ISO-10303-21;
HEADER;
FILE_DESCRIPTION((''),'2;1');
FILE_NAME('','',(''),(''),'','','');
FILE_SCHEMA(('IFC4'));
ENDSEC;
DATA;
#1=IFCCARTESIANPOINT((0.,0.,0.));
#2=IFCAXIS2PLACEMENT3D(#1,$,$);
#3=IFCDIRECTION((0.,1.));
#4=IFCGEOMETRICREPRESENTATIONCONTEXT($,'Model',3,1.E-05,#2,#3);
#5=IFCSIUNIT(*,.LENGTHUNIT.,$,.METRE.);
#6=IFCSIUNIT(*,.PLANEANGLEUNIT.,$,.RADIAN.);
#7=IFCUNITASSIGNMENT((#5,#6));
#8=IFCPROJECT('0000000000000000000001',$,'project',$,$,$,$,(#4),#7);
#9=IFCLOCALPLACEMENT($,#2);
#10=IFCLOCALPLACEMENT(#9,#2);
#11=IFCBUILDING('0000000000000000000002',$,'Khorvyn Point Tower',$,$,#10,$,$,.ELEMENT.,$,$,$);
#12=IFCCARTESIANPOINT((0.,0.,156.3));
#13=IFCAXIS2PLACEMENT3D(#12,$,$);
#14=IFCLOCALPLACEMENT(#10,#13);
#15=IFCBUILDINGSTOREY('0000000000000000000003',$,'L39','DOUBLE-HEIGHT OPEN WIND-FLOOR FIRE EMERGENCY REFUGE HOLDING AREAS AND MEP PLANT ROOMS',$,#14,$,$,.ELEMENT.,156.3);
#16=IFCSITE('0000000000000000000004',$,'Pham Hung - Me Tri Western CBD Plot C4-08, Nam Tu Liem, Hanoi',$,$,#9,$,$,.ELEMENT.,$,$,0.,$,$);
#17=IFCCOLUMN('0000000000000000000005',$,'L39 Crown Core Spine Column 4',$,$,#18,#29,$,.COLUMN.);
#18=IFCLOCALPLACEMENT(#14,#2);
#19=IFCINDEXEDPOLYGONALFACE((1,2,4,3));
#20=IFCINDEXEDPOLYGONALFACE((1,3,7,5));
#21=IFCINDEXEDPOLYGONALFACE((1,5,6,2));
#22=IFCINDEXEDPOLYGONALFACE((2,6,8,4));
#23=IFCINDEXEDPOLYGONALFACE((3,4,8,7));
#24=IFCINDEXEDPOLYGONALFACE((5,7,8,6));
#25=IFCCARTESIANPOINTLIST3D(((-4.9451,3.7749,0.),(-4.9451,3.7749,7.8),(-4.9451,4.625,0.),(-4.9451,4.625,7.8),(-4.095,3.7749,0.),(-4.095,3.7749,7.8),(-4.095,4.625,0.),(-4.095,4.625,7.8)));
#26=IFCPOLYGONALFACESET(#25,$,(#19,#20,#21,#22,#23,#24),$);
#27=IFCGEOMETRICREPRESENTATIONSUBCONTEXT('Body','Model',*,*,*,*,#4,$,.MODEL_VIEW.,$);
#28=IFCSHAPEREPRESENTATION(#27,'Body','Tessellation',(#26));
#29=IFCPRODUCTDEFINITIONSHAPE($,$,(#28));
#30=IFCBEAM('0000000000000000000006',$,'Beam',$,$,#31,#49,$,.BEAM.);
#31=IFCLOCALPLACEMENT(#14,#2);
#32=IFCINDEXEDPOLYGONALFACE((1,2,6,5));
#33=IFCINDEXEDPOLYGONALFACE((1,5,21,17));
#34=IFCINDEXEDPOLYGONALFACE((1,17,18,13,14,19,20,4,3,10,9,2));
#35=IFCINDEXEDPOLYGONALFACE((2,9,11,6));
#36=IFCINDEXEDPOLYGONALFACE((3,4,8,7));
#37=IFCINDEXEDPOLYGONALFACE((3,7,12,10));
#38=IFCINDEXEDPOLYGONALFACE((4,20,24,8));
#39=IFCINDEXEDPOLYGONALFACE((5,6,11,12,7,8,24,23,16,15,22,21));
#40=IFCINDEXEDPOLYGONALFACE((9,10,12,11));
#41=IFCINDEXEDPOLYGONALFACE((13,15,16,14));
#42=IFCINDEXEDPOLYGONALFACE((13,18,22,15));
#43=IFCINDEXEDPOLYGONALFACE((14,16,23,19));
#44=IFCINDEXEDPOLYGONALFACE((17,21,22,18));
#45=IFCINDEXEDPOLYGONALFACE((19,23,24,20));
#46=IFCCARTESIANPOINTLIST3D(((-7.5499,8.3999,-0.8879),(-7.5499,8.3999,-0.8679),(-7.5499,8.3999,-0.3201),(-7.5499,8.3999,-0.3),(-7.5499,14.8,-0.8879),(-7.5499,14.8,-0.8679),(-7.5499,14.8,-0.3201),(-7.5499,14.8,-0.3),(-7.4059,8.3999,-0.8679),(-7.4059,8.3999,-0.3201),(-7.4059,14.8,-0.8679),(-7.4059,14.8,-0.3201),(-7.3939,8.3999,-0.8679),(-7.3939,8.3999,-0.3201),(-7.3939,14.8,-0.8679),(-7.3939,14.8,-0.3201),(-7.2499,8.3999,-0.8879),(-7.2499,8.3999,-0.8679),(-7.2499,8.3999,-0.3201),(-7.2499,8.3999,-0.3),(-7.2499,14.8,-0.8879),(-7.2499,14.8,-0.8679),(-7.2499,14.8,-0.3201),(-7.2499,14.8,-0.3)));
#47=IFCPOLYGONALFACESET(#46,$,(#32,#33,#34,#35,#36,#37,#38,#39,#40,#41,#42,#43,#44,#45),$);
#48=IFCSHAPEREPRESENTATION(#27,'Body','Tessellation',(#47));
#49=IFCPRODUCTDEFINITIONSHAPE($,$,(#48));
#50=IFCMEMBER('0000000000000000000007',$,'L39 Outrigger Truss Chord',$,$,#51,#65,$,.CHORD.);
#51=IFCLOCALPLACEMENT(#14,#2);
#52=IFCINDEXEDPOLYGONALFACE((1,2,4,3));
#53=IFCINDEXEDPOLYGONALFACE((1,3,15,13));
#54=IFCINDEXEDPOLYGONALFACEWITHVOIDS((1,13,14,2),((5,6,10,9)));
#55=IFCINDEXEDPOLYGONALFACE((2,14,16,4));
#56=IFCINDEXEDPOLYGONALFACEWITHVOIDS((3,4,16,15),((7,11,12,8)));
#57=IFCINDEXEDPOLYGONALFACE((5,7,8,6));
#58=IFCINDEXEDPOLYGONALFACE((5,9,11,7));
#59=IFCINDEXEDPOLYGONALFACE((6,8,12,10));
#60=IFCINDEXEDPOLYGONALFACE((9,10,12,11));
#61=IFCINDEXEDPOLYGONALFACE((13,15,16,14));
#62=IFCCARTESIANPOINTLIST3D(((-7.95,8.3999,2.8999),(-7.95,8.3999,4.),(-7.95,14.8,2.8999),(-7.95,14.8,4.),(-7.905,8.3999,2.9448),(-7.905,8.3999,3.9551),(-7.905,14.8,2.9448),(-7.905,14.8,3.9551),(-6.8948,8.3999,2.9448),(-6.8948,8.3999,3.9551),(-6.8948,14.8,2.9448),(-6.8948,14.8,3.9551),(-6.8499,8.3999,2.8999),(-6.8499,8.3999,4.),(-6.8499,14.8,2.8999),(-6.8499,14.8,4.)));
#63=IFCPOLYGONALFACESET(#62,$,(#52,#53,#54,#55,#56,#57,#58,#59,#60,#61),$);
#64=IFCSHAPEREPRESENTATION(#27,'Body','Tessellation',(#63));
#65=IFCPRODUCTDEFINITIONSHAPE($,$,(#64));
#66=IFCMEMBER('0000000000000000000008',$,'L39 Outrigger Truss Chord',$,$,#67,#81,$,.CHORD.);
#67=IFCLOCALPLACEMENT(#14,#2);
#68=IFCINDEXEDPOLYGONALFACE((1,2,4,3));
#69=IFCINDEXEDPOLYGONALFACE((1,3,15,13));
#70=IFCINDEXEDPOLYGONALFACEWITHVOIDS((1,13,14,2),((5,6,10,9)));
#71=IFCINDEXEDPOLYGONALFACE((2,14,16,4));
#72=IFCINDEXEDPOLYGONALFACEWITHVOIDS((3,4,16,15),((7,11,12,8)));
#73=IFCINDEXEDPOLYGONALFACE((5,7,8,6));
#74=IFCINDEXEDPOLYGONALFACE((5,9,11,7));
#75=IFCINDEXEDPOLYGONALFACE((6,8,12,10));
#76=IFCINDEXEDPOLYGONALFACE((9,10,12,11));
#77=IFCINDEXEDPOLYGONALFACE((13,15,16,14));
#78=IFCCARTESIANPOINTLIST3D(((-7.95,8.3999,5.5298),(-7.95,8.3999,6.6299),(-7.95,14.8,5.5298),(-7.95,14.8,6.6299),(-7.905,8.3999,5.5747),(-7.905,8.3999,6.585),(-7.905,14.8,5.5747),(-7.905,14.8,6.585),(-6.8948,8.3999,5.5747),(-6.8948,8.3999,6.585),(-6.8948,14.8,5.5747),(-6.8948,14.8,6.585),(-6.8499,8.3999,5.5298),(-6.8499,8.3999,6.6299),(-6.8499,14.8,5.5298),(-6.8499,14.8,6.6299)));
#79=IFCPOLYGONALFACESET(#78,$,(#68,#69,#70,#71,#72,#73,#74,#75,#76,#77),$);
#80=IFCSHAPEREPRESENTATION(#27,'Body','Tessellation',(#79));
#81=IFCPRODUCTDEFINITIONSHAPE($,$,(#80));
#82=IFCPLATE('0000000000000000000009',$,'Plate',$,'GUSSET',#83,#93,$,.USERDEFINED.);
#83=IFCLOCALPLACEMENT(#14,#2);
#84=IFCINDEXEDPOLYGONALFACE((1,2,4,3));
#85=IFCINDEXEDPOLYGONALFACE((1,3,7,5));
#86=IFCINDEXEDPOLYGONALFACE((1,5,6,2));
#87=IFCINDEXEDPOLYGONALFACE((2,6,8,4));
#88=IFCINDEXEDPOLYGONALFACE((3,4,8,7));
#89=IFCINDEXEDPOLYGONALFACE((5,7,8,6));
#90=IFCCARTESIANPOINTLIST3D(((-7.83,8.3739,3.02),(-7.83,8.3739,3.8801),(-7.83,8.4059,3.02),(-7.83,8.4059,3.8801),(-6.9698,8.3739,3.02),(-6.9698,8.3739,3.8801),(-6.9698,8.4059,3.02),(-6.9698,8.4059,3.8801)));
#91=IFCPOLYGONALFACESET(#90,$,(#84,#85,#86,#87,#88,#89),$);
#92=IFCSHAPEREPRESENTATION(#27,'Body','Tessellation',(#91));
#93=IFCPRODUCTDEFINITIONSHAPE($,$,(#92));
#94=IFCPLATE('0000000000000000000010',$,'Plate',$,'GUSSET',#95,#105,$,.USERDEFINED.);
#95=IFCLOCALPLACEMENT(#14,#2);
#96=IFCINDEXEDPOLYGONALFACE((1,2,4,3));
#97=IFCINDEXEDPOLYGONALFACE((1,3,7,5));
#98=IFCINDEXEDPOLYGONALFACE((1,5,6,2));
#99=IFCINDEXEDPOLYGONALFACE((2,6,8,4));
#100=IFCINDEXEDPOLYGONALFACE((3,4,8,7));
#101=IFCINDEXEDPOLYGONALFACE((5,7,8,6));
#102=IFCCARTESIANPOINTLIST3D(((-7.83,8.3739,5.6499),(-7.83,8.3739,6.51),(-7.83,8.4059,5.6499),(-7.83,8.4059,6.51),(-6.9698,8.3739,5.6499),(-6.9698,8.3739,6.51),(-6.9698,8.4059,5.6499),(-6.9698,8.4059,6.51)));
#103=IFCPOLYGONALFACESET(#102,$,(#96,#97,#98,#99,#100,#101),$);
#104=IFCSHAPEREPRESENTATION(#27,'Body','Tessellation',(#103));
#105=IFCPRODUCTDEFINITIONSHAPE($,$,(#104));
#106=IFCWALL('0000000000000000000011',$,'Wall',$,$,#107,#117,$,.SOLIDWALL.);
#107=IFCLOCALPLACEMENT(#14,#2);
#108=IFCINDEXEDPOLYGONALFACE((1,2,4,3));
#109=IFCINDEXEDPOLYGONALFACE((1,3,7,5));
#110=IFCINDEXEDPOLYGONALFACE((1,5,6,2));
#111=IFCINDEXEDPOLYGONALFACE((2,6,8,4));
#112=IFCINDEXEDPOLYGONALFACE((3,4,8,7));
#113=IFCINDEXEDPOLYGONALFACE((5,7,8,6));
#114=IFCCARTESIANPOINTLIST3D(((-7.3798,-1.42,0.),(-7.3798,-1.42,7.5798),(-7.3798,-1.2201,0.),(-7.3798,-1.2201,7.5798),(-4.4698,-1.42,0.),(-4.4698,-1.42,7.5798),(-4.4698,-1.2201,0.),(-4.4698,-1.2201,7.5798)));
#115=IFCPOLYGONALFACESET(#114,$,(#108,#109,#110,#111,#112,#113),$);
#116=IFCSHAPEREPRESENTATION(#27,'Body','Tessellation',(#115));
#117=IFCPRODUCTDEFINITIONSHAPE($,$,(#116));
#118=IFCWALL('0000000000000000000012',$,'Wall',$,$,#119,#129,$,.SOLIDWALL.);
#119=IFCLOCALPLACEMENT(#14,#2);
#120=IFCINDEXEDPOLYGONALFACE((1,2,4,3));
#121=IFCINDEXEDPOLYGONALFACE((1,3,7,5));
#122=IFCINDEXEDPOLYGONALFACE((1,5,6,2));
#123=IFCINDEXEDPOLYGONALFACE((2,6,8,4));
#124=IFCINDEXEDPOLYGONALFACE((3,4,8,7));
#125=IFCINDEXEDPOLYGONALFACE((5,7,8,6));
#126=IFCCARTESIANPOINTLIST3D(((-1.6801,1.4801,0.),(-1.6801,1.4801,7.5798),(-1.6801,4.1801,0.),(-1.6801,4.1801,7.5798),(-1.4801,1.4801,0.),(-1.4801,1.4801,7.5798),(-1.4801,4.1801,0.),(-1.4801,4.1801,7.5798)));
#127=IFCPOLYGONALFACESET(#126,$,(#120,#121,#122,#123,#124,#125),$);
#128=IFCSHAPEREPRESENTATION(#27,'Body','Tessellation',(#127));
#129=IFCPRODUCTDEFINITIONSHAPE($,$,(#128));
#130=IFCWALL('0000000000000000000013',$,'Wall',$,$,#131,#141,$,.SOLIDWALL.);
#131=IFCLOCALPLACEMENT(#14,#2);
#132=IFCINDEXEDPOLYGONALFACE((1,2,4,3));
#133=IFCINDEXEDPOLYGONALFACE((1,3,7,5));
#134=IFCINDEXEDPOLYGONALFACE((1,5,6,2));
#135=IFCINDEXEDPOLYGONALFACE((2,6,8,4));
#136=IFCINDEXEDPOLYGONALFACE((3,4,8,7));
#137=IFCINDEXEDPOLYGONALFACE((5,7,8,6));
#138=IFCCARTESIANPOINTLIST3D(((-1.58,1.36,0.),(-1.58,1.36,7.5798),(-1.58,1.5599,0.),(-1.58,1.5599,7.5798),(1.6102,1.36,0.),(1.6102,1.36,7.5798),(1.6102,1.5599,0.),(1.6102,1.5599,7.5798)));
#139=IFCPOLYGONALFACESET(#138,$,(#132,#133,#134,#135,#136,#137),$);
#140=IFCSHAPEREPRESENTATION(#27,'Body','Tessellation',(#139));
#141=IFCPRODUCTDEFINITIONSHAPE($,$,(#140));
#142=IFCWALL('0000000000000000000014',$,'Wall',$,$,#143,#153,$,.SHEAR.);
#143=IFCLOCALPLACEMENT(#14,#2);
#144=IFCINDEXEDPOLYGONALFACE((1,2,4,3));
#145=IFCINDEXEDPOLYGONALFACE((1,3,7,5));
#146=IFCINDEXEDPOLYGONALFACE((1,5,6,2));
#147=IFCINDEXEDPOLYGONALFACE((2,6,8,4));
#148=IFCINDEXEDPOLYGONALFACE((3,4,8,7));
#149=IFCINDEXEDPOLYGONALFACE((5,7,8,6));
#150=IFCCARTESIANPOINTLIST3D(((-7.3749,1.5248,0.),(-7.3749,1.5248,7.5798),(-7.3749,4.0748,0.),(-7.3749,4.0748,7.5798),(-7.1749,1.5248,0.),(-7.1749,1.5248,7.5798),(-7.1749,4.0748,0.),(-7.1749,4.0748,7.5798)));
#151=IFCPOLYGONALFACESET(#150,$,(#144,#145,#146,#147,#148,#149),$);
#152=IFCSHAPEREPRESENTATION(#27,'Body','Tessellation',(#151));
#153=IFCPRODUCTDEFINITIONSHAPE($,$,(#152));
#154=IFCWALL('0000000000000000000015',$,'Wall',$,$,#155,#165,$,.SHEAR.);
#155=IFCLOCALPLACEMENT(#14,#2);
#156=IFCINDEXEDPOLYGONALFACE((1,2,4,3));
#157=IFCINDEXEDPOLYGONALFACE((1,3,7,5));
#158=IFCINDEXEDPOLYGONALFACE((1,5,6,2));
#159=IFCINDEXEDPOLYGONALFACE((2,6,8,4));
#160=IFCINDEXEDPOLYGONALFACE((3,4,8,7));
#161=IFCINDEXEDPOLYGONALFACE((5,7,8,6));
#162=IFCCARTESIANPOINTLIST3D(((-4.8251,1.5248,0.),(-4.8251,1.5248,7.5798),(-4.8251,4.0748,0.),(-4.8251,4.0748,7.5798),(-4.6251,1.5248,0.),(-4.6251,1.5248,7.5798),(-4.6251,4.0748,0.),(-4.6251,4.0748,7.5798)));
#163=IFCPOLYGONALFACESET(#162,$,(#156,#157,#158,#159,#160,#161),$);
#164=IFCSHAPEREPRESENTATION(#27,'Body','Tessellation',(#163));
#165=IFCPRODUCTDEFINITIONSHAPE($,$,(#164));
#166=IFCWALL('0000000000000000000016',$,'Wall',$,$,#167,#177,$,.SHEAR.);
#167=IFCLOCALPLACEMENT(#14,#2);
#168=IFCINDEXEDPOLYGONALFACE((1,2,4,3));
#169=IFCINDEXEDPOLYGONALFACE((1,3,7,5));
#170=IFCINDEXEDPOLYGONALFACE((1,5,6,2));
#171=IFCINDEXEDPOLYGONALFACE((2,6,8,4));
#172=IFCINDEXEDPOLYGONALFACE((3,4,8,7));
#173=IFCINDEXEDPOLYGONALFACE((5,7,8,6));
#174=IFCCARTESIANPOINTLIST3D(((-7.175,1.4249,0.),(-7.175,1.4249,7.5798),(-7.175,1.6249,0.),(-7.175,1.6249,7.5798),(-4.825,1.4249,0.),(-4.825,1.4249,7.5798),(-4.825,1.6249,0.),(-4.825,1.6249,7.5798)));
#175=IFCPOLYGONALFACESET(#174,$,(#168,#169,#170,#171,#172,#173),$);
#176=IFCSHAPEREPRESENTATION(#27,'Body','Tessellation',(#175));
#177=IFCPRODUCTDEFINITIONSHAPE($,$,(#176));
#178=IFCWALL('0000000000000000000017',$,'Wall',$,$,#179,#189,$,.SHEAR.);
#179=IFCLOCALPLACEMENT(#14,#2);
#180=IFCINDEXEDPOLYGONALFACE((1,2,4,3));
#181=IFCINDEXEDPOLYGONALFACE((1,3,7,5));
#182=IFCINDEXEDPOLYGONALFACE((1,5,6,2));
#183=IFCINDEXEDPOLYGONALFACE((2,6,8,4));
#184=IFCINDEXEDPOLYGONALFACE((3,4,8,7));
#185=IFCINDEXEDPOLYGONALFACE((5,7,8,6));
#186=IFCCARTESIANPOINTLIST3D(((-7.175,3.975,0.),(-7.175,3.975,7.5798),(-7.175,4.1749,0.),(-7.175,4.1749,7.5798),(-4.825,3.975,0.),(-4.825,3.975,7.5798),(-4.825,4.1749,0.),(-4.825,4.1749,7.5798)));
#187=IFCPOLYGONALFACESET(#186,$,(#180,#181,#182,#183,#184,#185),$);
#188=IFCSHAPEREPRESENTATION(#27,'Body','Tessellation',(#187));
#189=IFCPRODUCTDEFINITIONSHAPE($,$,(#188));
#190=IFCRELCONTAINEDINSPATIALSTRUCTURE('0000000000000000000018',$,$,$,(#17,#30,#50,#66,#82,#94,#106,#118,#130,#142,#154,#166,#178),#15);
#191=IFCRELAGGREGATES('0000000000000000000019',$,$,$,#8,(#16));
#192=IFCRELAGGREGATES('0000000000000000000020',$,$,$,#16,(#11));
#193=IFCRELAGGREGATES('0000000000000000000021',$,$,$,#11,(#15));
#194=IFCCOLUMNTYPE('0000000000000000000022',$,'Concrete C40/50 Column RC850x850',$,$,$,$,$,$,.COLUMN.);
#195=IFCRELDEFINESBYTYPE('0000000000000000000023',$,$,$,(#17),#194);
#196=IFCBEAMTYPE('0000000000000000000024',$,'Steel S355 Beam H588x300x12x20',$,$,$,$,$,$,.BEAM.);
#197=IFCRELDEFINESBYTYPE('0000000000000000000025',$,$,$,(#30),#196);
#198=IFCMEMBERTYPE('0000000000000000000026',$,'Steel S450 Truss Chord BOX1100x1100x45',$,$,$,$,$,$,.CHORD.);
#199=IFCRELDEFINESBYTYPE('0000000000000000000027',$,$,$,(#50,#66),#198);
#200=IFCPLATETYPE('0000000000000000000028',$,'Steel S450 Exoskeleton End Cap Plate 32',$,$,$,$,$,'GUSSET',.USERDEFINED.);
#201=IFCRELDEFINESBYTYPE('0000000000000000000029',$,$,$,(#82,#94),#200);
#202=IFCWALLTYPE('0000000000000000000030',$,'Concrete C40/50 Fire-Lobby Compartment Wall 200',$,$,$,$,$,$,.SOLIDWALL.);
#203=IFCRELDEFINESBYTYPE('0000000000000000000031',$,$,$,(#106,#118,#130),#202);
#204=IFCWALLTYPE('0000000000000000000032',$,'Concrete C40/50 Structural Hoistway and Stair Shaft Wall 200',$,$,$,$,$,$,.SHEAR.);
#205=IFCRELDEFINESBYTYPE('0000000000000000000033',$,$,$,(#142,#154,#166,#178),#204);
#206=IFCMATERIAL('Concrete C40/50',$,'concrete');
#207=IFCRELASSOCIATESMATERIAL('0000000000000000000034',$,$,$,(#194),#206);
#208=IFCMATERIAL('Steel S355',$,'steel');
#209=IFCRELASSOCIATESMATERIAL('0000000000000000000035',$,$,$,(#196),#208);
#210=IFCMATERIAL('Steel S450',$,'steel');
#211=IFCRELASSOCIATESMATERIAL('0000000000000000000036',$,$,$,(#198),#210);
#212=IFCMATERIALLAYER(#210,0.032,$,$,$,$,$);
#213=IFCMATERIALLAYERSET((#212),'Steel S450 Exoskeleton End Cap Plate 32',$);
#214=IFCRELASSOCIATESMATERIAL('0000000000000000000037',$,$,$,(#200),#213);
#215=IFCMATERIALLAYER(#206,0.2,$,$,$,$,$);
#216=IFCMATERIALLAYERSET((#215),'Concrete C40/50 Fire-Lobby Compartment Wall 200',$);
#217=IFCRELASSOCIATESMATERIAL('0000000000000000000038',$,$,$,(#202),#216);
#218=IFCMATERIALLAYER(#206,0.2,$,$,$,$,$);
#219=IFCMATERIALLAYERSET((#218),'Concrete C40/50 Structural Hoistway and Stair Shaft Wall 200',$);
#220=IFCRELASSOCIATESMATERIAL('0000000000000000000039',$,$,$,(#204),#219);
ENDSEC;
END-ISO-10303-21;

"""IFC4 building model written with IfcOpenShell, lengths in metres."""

from ifc_helpers import new_model, si_unit, direction, frame, frame_2d, origin, origin_2d, place, context, subcontext, project, spatial, rectangle, hollow_rectangle, i_section, extrude, material, layer, layer_set, material_profile, profile_set, type_object, element, save


model = new_model("IFC4")

# Units and contexts
model_context = context("Model", 3, precision=1e-05, world=origin(), true_north=direction((0.0, 1.0)))
body_context = subcontext(model_context, "Body", "Model", "MODEL_VIEW")
ifc_project = project(units=[si_unit("LENGTHUNIT", "METRE"), si_unit("PLANEANGLEUNIT", "RADIAN")], contexts=[model_context])

# Site, building, storey
site_placement = place(None, origin())
site = spatial("IfcSite", under=ifc_project, at=site_placement, Name="Pham Hung - Me Tri Western CBD Plot C4-08, Nam Tu Liem, Hanoi", CompositionType="ELEMENT", RefElevation=0.0)
building_placement = place(site_placement, origin())
building = spatial("IfcBuilding", under=site, at=building_placement, Name="Khorvyn Point Tower", CompositionType="ELEMENT")
storey_placement = place(building_placement, frame((0.0, 0.0, 156.3)))
storey = spatial("IfcBuildingStorey", under=building, at=storey_placement, Name="L39", Description="DOUBLE-HEIGHT OPEN WIND-FLOOR FIRE EMERGENCY REFUGE HOLDING AREAS AND MEP PLANT ROOMS", CompositionType="ELEMENT", Elevation=156.3)

# Column
ifc_material_1 = material(Name="Concrete C40/50", Category="concrete")
ifc_material_profile_1 = material_profile(ifc_material_1, rectangle(XDim=0.8501, YDim=0.8501, at=origin_2d()))
ifc_profile_set_1 = profile_set([ifc_material_profile_1], Name="Concrete C40/50 RC850x850")
column_type = type_object("IfcColumnType", Name="Concrete C40/50 Column RC850x850", PredefinedType="COLUMN", material=ifc_profile_set_1)
column_placement = place(storey_placement, frame((-4.52, 4.2, 0.0), z_axis=(0.0, 0.0, 1.0), x_axis=(1.0, 0.0, 0.0)))
element("IfcColumn", 1, at=column_placement, inside=storey, type_object=column_type, Name="L39 Crown Core Spine Column 4", PredefinedType="COLUMN", context=body_context, shape_type="SweptSolid", body=[
    extrude(rectangle(XDim=0.8501, YDim=0.8501, at=origin_2d()), origin(), (0.0, 0.0, 1.0), 7.8),
])

# Beam
ifc_material_2 = material(Name="Steel S355", Category="steel")
ifc_material_profile_2 = material_profile(ifc_material_2, i_section(OverallWidth=0.3, OverallDepth=0.5879, WebThickness=0.012, FlangeThickness=0.02, at=origin_2d()))
ifc_profile_set_2 = profile_set([ifc_material_profile_2], Name="Steel S355 H588x300x12x20")
beam_type = type_object("IfcBeamType", Name="Steel S355 Beam H588x300x12x20", PredefinedType="BEAM", material=ifc_profile_set_2)
beam_placement = place(storey_placement, frame((-7.3999, 8.3999, -0.594), z_axis=(0.0, 1.0, 0.0), x_axis=(-1.0, 0.0, 0.0)))
element("IfcBeam", 2, at=beam_placement, inside=storey, type_object=beam_type, Name="Beam", PredefinedType="BEAM", context=body_context, shape_type="SweptSolid", body=[
    extrude(i_section(OverallWidth=0.3, OverallDepth=0.5879, WebThickness=0.012, FlangeThickness=0.02, at=origin_2d()), origin(), (0.0, 0.0, 1.0), 6.4001),
])

# Members
ifc_material_3 = material(Name="Steel S450", Category="steel")
ifc_material_profile_3 = material_profile(ifc_material_3, hollow_rectangle(XDim=1.1001, YDim=1.1001, WallThickness=0.0449, at=origin_2d()))
ifc_profile_set_3 = profile_set([ifc_material_profile_3], Name="Steel S450 BOX1100x1100x45")
member_type = type_object("IfcMemberType", Name="Steel S450 Truss Chord BOX1100x1100x45", PredefinedType="CHORD", material=ifc_profile_set_3)
for number, where, z_axis, x_axis, name in (
    (3, (-7.3999, 8.3999, 3.45), (0.0, 1.0, 0.0), (-1.0, 0.0, 0.0), "L39 Outrigger Truss Chord"),
    (4, (-7.3999, 8.3999, 6.0798), (0.0, 1.0, 0.0), (-1.0, 0.0, 0.0), "L39 Outrigger Truss Chord"),
):
    element("IfcMember", number, at=place(storey_placement, frame(where, z_axis=z_axis, x_axis=x_axis)), inside=storey, type_object=member_type, Name=name, PredefinedType="CHORD", context=body_context, shape_type="SweptSolid", body=[
        extrude(hollow_rectangle(XDim=1.1001, YDim=1.1001, WallThickness=0.0449, at=origin_2d()), origin(), (0.0, 0.0, 1.0), 6.4001),
    ])

# Plates
ifc_layer_1 = layer(ifc_material_3, 0.032)
ifc_layer_set_1 = layer_set([ifc_layer_1], Name="Steel S450 Exoskeleton End Cap Plate 32")
plate_type = type_object("IfcPlateType", Name="Steel S450 Exoskeleton End Cap Plate 32", ElementType="GUSSET", PredefinedType="USERDEFINED", material=ifc_layer_set_1)
for number, where, z_axis, x_axis, name in (
    (5, (-7.3999, 8.3899, 3.02), (0.0, 0.0, 1.0), (1.0, 0.0, 0.0), "Plate"),
    (6, (-7.3999, 8.3899, 5.6499), (0.0, 0.0, 1.0), (1.0, 0.0, 0.0), "Plate"),
):
    element("IfcPlate", number, at=place(storey_placement, frame(where, z_axis=z_axis, x_axis=x_axis)), inside=storey, type_object=plate_type, Name=name, ObjectType="GUSSET", PredefinedType="USERDEFINED", context=body_context, shape_type="SweptSolid", body=[
        extrude(rectangle(XDim=0.8601, YDim=0.032, at=origin_2d()), origin(), (0.0, 0.0, 1.0), 0.8601),
    ])

# Shared definitions
ifc_layer_2 = layer(ifc_material_1, 0.2)
ifc_layer_set_2 = layer_set([ifc_layer_2], Name="Concrete C40/50 Fire-Lobby Compartment Wall 200")
wall_type_1 = type_object("IfcWallType", Name="Concrete C40/50 Fire-Lobby Compartment Wall 200", PredefinedType="SOLIDWALL", material=ifc_layer_set_2)

# Walls
wall_1_placement = place(storey_placement, frame((-7.3799, -1.3201, 0.0), z_axis=(0.0, 0.0, 1.0), x_axis=(1.0, 0.0, 0.0)))
element("IfcWall", 7, at=wall_1_placement, inside=storey, type_object=wall_type_1, Name="Wall", PredefinedType="SOLIDWALL", context=body_context, shape_type="SweptSolid", body=[
    extrude(rectangle(XDim=2.9099, YDim=0.2, at=frame_2d((1.4551, 0.0))), origin(), (0.0, 0.0, 1.0), 7.5798),
])
wall_2_placement = place(storey_placement, frame((-1.5801, 1.48, 0.0), z_axis=(0.0, 0.0, 1.0), x_axis=(0.0, 1.0, 0.0)))
element("IfcWall", 8, at=wall_2_placement, inside=storey, type_object=wall_type_1, Name="Wall", PredefinedType="SOLIDWALL", context=body_context, shape_type="SweptSolid", body=[
    extrude(rectangle(XDim=2.7, YDim=0.2, at=frame_2d((1.3501, 0.0))), origin(), (0.0, 0.0, 1.0), 7.5798),
])
wall_3_placement = place(storey_placement, frame((-1.5801, 1.46, 0.0), z_axis=(0.0, 0.0, 1.0), x_axis=(1.0, 0.0, 0.0)))
element("IfcWall", 9, at=wall_3_placement, inside=storey, type_object=wall_type_1, Name="Wall", PredefinedType="SOLIDWALL", context=body_context, shape_type="SweptSolid", body=[
    extrude(rectangle(XDim=3.1902, YDim=0.2, at=frame_2d((1.5952, 0.0))), origin(), (0.0, 0.0, 1.0), 7.5798),
])
ifc_layer_3 = layer(ifc_material_1, 0.2)
ifc_layer_set_3 = layer_set([ifc_layer_3], Name="Concrete C40/50 Structural Hoistway and Stair Shaft Wall 200")
wall_type_2 = type_object("IfcWallType", Name="Concrete C40/50 Structural Hoistway and Stair Shaft Wall 200", PredefinedType="SHEAR", material=ifc_layer_set_3)
for number, where, z_axis, x_axis, name in (
    (10, (-7.2749, 1.5249, 0.0), (0.0, 0.0, 1.0), (0.0, 1.0, 0.0), "Wall"),
    (11, (-4.7251, 1.5249, 0.0), (0.0, 0.0, 1.0), (0.0, 1.0, 0.0), "Wall"),
):
    element("IfcWall", number, at=place(storey_placement, frame(where, z_axis=z_axis, x_axis=x_axis)), inside=storey, type_object=wall_type_2, Name=name, PredefinedType="SHEAR", context=body_context, shape_type="SweptSolid", body=[
        extrude(rectangle(XDim=2.55, YDim=0.2, at=frame_2d((1.2749, 0.0))), origin(), (0.0, 0.0, 1.0), 7.5798),
    ])
for number, where, z_axis, x_axis, name in (
    (12, (-7.175, 1.5249, 0.0), (0.0, 0.0, 1.0), (1.0, 0.0, 0.0), "Wall"),
    (13, (-7.175, 4.075, 0.0), (0.0, 0.0, 1.0), (1.0, 0.0, 0.0), "Wall"),
):
    element("IfcWall", number, at=place(storey_placement, frame(where, z_axis=z_axis, x_axis=x_axis)), inside=storey, type_object=wall_type_2, Name=name, PredefinedType="SHEAR", context=body_context, shape_type="SweptSolid", body=[
        extrude(rectangle(XDim=2.3501, YDim=0.2, at=frame_2d((1.175, 0.0))), origin(), (0.0, 0.0, 1.0), 7.5798),
    ])

save(model, "model.ifc")
